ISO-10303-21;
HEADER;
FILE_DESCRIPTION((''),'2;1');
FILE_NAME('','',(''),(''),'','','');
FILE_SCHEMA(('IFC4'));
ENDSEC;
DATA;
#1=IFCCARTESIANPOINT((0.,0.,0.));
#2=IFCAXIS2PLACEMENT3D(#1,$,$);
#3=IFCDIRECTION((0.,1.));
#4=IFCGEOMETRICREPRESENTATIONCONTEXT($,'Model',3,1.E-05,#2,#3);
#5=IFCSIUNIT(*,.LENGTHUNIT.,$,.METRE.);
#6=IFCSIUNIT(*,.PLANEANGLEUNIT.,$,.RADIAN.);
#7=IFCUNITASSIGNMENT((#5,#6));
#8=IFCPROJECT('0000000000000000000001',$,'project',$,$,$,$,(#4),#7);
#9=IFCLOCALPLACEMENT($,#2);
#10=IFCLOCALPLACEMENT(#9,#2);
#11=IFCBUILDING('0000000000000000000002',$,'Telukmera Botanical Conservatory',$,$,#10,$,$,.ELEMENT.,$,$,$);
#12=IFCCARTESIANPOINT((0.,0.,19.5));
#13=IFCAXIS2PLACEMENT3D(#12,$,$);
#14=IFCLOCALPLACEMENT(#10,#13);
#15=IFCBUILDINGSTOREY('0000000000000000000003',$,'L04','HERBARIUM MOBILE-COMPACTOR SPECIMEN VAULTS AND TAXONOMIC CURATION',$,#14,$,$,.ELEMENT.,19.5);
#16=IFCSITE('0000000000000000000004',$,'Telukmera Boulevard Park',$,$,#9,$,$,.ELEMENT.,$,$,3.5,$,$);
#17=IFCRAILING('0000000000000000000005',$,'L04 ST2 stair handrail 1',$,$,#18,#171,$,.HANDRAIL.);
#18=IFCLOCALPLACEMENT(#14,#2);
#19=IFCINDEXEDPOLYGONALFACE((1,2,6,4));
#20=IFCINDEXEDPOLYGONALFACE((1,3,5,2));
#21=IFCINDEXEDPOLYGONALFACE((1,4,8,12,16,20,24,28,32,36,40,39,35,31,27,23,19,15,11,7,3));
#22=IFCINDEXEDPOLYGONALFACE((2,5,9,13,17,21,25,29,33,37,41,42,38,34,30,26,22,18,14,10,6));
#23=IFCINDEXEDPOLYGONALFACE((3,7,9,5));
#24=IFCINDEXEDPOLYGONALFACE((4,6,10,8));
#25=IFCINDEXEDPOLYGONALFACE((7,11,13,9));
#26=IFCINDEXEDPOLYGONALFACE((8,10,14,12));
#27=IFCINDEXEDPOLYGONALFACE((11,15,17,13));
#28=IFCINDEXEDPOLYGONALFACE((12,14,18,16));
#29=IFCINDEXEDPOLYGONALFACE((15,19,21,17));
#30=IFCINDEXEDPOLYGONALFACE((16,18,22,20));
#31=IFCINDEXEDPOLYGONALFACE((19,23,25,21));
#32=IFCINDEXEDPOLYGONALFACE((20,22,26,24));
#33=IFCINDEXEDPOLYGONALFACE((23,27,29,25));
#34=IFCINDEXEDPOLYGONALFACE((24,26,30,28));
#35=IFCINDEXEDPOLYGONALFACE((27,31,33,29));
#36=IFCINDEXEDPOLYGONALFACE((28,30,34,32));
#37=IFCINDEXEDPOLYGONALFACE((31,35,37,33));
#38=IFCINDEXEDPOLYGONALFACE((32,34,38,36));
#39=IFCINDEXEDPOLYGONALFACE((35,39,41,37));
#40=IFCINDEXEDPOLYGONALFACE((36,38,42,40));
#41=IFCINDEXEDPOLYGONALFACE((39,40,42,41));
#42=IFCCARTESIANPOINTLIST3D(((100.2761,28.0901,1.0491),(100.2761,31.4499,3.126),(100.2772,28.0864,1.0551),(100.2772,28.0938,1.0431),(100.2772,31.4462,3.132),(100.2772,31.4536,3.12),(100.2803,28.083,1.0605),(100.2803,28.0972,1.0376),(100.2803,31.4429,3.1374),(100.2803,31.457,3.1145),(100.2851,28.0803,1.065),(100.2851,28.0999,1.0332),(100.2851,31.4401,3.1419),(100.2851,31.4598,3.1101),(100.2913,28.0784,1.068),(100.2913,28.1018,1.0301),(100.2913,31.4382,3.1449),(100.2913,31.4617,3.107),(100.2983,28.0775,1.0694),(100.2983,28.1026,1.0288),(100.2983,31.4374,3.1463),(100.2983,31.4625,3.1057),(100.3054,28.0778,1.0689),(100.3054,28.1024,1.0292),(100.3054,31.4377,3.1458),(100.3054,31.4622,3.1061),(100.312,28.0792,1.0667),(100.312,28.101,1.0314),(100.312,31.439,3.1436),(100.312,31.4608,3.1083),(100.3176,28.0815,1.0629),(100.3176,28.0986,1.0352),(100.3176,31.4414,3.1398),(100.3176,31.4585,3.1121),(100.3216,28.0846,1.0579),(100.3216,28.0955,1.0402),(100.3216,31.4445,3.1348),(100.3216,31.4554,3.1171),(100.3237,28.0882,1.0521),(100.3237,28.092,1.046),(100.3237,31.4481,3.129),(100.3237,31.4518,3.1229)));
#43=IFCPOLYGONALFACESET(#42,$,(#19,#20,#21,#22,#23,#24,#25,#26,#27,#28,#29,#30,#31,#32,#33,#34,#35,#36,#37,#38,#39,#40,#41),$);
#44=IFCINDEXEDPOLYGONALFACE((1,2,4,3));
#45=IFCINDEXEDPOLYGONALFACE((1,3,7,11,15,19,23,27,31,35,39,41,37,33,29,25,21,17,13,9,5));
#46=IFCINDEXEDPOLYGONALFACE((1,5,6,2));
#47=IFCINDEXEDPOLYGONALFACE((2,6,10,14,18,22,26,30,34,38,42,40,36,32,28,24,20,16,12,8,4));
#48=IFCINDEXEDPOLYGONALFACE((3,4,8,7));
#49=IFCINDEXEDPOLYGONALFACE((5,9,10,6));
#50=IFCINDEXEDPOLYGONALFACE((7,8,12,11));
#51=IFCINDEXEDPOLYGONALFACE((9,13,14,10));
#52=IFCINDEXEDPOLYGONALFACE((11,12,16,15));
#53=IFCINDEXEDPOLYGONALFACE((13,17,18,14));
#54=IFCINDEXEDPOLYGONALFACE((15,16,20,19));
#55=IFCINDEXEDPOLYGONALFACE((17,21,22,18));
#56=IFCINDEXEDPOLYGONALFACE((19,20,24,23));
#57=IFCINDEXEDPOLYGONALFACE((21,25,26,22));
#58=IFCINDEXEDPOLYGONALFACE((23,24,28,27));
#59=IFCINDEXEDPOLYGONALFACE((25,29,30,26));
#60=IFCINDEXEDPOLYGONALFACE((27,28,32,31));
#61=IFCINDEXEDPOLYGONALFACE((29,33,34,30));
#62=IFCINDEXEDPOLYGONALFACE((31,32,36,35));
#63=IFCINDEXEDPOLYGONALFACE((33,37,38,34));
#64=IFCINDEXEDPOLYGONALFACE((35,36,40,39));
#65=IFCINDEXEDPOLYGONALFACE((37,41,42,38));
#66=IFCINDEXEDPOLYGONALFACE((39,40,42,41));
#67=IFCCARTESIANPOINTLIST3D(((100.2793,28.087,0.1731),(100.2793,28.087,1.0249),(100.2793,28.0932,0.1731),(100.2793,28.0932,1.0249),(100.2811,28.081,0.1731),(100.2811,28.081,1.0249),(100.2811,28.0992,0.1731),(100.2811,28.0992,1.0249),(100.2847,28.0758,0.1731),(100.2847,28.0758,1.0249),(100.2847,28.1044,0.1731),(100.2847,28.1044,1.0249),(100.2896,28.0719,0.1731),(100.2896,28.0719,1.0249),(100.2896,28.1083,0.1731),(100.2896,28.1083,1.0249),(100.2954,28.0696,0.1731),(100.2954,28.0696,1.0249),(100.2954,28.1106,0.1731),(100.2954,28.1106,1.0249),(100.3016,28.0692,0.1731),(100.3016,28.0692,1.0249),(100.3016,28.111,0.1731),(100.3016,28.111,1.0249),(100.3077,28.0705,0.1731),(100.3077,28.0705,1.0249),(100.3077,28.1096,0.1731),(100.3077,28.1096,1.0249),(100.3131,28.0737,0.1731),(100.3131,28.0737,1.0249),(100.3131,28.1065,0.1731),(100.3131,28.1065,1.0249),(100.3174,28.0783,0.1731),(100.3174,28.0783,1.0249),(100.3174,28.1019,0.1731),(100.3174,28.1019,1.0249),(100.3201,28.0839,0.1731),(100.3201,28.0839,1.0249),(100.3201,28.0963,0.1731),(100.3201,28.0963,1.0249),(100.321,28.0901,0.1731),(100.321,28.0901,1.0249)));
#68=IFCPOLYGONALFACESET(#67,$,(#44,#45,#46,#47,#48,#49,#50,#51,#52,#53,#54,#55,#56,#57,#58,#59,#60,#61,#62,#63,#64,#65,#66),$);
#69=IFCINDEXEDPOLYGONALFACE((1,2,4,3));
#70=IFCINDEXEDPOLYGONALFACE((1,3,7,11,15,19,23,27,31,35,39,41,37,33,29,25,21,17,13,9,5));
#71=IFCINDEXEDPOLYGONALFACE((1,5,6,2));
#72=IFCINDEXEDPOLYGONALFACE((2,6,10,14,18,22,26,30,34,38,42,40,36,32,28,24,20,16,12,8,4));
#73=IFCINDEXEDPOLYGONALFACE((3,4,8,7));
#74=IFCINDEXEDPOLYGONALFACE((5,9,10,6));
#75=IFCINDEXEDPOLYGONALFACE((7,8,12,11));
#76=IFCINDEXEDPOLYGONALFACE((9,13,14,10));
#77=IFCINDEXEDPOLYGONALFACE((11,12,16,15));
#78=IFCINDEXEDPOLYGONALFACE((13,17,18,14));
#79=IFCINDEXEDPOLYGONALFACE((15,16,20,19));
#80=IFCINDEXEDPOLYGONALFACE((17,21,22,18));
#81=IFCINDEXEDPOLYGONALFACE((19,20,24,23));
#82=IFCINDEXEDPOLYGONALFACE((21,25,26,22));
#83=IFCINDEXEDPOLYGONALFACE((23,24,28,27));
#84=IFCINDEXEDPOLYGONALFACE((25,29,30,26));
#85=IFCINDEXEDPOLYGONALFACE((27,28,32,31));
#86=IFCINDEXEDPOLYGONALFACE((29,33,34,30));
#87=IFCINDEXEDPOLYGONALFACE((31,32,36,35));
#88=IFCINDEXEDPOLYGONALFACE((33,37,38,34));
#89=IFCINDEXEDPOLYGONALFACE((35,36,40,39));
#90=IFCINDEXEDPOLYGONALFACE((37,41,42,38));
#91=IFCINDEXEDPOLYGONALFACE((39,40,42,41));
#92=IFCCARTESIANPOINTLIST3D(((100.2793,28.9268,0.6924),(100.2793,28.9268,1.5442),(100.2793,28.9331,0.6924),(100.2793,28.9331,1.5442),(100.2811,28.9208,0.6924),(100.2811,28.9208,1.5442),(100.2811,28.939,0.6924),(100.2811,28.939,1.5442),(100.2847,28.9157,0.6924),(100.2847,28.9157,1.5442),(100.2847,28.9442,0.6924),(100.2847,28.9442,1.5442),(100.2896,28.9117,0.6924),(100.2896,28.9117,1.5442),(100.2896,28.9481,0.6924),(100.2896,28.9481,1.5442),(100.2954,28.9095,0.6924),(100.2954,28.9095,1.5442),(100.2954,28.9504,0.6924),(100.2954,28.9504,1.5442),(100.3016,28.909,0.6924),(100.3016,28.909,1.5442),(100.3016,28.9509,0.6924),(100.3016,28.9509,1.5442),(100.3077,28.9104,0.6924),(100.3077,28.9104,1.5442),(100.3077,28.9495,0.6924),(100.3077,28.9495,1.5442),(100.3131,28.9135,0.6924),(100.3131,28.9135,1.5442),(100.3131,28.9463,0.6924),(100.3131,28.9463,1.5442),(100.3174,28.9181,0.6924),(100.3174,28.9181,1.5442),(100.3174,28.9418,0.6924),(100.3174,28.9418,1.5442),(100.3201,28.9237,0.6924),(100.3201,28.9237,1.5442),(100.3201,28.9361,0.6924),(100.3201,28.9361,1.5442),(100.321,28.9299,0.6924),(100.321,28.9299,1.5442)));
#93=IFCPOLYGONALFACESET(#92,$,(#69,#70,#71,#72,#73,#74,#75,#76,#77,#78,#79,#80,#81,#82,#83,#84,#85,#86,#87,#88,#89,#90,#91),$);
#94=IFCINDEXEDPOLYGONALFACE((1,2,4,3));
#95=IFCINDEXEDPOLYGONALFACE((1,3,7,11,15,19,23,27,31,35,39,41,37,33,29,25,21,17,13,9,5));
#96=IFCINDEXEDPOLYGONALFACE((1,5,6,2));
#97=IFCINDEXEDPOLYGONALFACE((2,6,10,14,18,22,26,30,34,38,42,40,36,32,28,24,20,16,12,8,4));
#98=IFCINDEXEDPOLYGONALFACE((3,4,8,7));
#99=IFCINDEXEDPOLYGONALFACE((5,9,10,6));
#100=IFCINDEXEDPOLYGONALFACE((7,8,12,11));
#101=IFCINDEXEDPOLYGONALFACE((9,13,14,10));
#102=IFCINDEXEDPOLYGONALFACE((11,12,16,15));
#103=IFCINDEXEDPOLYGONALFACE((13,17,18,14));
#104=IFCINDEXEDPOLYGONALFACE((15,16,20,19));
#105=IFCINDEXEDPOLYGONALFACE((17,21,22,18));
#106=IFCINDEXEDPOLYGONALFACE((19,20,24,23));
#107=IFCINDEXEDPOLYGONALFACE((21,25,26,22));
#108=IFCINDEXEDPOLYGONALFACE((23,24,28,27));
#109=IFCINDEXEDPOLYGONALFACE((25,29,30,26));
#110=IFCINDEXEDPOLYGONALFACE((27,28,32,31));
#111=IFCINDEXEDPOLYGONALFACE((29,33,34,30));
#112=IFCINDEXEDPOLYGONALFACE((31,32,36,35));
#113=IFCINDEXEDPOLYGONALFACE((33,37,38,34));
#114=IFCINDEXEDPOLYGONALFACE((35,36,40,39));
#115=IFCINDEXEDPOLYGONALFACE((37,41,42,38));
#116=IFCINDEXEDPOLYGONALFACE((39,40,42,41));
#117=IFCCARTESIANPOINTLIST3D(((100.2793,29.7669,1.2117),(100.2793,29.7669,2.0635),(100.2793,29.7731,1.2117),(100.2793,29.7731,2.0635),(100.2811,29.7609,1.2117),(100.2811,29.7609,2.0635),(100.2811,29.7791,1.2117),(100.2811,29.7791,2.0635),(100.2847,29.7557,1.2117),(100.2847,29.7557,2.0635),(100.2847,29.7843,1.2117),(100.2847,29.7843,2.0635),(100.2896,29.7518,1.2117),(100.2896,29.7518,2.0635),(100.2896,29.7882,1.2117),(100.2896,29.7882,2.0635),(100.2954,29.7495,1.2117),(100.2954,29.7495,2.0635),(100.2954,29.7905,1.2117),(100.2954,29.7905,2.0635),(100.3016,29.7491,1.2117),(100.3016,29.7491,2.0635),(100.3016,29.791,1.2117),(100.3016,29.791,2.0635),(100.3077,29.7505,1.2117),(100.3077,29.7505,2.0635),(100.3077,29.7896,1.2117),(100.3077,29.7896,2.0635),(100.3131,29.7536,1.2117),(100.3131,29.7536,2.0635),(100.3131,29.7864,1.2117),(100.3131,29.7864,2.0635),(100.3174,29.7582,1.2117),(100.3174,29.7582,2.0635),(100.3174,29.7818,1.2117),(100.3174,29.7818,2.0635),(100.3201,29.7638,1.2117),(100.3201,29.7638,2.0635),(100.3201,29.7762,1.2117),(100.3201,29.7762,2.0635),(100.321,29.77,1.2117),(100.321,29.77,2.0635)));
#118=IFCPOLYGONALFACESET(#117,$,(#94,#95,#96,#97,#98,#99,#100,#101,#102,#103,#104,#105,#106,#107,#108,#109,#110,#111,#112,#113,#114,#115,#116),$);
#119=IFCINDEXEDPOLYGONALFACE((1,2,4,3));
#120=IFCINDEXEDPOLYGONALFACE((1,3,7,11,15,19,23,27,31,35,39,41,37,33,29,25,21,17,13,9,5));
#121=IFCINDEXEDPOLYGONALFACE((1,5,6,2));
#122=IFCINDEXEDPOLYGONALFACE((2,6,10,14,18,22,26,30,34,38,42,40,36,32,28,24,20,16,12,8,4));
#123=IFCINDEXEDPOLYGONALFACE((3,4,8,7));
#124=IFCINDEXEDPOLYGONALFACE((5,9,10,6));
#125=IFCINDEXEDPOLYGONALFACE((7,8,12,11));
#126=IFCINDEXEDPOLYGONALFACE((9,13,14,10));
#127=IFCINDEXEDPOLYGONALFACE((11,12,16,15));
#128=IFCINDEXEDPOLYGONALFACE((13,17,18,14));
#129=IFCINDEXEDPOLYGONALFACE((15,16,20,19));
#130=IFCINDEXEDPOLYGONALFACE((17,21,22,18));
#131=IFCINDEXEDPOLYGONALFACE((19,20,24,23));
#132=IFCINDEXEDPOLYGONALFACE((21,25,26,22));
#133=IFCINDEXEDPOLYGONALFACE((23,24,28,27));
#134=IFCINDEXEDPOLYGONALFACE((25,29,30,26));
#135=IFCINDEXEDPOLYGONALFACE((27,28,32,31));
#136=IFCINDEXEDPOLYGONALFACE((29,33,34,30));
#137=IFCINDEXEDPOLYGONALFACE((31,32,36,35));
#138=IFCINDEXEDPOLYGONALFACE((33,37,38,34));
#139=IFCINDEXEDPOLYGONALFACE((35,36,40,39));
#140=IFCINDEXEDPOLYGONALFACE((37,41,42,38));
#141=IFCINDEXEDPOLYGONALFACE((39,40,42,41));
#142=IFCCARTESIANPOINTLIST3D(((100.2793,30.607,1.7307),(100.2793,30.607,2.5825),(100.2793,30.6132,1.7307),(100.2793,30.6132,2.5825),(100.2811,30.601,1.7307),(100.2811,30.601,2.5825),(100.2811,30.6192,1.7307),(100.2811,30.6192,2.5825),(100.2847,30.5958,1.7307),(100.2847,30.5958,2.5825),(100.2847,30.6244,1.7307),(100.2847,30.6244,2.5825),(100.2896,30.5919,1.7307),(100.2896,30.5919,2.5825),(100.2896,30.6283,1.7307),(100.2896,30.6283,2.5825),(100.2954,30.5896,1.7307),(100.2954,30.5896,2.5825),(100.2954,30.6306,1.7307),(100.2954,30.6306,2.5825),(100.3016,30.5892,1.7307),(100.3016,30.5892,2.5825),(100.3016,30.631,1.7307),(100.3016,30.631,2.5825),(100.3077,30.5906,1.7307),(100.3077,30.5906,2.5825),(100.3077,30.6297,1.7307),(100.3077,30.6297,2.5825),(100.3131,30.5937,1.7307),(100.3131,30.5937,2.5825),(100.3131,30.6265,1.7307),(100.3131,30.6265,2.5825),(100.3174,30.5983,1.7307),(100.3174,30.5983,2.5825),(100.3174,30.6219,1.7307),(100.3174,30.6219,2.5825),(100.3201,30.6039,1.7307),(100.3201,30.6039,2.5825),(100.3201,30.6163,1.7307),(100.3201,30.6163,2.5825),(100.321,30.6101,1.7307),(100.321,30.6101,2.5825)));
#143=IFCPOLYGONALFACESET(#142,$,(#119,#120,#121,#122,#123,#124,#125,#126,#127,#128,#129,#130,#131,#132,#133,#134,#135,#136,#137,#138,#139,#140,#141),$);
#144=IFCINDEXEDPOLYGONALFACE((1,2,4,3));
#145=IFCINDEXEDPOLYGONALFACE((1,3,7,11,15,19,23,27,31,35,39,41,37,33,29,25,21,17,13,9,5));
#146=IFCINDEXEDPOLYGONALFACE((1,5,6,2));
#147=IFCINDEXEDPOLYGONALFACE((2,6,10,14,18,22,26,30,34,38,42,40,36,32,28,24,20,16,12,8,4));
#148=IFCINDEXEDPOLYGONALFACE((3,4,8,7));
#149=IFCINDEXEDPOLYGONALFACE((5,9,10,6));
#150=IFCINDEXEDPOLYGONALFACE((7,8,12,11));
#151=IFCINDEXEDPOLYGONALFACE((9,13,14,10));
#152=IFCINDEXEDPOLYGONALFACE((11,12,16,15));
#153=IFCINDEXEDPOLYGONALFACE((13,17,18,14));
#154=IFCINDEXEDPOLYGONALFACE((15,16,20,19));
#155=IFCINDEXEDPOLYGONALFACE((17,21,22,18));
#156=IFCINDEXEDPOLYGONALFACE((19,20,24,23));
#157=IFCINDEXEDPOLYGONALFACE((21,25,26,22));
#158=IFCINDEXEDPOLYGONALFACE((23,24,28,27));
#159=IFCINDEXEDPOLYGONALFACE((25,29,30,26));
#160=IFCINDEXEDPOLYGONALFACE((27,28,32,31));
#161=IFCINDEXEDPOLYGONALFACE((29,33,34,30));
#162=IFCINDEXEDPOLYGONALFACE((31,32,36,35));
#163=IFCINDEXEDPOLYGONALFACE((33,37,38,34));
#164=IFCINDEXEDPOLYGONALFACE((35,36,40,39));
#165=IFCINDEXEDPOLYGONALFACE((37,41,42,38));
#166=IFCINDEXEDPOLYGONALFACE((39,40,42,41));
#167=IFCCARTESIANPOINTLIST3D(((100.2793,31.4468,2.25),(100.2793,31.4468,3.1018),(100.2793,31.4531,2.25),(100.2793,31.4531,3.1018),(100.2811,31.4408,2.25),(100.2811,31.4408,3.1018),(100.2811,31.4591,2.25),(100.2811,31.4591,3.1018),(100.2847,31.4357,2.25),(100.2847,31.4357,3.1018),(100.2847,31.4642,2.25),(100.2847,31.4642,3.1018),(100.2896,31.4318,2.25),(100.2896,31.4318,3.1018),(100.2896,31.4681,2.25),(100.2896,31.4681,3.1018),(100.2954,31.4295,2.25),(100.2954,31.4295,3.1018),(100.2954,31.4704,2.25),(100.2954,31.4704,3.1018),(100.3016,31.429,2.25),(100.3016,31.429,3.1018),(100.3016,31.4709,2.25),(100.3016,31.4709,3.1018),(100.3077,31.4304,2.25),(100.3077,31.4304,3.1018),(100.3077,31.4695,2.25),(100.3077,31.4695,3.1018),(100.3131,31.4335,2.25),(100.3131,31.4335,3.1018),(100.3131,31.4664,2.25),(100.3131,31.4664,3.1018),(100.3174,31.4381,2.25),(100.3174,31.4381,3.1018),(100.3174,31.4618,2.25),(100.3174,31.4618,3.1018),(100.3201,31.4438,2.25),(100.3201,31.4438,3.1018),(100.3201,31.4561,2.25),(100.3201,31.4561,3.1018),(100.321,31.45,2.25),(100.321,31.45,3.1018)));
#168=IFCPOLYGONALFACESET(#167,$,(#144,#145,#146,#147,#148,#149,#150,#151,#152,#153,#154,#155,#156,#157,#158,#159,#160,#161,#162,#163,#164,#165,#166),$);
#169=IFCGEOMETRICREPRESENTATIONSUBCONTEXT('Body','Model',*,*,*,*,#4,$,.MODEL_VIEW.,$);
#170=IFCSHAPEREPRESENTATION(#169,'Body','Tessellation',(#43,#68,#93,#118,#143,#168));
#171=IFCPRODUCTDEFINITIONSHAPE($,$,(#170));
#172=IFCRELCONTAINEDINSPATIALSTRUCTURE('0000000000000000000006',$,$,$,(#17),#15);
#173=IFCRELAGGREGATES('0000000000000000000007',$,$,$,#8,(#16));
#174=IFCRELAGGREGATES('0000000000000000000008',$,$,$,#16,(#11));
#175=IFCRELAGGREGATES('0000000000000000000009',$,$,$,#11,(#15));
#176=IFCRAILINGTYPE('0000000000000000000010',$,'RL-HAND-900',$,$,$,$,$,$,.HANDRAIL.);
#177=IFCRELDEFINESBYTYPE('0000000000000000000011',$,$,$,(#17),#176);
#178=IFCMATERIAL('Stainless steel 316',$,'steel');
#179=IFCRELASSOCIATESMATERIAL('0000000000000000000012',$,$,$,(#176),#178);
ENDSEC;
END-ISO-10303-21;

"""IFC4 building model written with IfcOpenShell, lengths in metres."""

from ifc_helpers import new_model, si_unit, direction, frame, origin, origin_2d, place, context, subcontext, project, spatial, circle, extrude, material, type_object, element, save


model = new_model("IFC4")

# Units and contexts
model_context = context("Model", 3, precision=1e-05, world=origin(), true_north=direction((0.0, 1.0)))
body_context = subcontext(model_context, "Body", "Model", "MODEL_VIEW")
ifc_project = project(units=[si_unit("LENGTHUNIT", "METRE"), si_unit("PLANEANGLEUNIT", "RADIAN")], contexts=[model_context])

# Site, building, storey
site_placement = place(None, origin())
site = spatial("IfcSite", under=ifc_project, at=site_placement, Name="Telukmera Boulevard Park", CompositionType="ELEMENT", RefElevation=3.5)
building_placement = place(site_placement, origin())
building = spatial("IfcBuilding", under=site, at=building_placement, Name="Telukmera Botanical Conservatory", CompositionType="ELEMENT")
storey_placement = place(building_placement, frame((0.0, 0.0, 19.5)))
storey = spatial("IfcBuildingStorey", under=building, at=storey_placement, Name="L04", Description="HERBARIUM MOBILE-COMPACTOR SPECIMEN VAULTS AND TAXONOMIC CURATION", CompositionType="ELEMENT", Elevation=19.5)

# Railing
ifc_material_1 = material(Name="Stainless steel 316", Category="steel")
railing_type_1 = type_object("IfcRailingType", Name="RL-HAND-900", PredefinedType="HANDRAIL", material=ifc_material_1)
railing_1_placement = place(storey_placement, frame((100.3, 28.0901, 0.1731)))
element("IfcRailing", 1, at=railing_1_placement, inside=storey, type_object=railing_type_1, Name="L04 ST2 stair handrail 1", PredefinedType="HANDRAIL", context=body_context, shape_type="SweptSolid", body=[
    extrude(circle(Radius=0.0239, at=origin_2d()), frame((0.0, 0.0, 0.876), z_axis=(0.0, 0.850606, 0.525803), x_axis=(-1.0, 0.0, 0.0)), (0.0, 0.0, 1.0), 3.95),
    extrude(circle(Radius=0.021, at=origin_2d()), origin(), (0.0, 0.0, 1.0), 0.8518),
    extrude(circle(Radius=0.021, at=origin_2d()), frame((0.0, 0.8398, 0.5193)), (0.0, 0.0, 1.0), 0.8518),
    extrude(circle(Radius=0.021, at=origin_2d()), frame((0.0, 1.6799, 1.0386)), (0.0, 0.0, 1.0), 0.8518),
    extrude(circle(Radius=0.021, at=origin_2d()), frame((0.0, 2.52, 1.5576)), (0.0, 0.0, 1.0), 0.8518),
    extrude(circle(Radius=0.021, at=origin_2d()), frame((0.0, 3.3599, 2.0769)), (0.0, 0.0, 1.0), 0.8518),
])

save(model, "model.ifc")
